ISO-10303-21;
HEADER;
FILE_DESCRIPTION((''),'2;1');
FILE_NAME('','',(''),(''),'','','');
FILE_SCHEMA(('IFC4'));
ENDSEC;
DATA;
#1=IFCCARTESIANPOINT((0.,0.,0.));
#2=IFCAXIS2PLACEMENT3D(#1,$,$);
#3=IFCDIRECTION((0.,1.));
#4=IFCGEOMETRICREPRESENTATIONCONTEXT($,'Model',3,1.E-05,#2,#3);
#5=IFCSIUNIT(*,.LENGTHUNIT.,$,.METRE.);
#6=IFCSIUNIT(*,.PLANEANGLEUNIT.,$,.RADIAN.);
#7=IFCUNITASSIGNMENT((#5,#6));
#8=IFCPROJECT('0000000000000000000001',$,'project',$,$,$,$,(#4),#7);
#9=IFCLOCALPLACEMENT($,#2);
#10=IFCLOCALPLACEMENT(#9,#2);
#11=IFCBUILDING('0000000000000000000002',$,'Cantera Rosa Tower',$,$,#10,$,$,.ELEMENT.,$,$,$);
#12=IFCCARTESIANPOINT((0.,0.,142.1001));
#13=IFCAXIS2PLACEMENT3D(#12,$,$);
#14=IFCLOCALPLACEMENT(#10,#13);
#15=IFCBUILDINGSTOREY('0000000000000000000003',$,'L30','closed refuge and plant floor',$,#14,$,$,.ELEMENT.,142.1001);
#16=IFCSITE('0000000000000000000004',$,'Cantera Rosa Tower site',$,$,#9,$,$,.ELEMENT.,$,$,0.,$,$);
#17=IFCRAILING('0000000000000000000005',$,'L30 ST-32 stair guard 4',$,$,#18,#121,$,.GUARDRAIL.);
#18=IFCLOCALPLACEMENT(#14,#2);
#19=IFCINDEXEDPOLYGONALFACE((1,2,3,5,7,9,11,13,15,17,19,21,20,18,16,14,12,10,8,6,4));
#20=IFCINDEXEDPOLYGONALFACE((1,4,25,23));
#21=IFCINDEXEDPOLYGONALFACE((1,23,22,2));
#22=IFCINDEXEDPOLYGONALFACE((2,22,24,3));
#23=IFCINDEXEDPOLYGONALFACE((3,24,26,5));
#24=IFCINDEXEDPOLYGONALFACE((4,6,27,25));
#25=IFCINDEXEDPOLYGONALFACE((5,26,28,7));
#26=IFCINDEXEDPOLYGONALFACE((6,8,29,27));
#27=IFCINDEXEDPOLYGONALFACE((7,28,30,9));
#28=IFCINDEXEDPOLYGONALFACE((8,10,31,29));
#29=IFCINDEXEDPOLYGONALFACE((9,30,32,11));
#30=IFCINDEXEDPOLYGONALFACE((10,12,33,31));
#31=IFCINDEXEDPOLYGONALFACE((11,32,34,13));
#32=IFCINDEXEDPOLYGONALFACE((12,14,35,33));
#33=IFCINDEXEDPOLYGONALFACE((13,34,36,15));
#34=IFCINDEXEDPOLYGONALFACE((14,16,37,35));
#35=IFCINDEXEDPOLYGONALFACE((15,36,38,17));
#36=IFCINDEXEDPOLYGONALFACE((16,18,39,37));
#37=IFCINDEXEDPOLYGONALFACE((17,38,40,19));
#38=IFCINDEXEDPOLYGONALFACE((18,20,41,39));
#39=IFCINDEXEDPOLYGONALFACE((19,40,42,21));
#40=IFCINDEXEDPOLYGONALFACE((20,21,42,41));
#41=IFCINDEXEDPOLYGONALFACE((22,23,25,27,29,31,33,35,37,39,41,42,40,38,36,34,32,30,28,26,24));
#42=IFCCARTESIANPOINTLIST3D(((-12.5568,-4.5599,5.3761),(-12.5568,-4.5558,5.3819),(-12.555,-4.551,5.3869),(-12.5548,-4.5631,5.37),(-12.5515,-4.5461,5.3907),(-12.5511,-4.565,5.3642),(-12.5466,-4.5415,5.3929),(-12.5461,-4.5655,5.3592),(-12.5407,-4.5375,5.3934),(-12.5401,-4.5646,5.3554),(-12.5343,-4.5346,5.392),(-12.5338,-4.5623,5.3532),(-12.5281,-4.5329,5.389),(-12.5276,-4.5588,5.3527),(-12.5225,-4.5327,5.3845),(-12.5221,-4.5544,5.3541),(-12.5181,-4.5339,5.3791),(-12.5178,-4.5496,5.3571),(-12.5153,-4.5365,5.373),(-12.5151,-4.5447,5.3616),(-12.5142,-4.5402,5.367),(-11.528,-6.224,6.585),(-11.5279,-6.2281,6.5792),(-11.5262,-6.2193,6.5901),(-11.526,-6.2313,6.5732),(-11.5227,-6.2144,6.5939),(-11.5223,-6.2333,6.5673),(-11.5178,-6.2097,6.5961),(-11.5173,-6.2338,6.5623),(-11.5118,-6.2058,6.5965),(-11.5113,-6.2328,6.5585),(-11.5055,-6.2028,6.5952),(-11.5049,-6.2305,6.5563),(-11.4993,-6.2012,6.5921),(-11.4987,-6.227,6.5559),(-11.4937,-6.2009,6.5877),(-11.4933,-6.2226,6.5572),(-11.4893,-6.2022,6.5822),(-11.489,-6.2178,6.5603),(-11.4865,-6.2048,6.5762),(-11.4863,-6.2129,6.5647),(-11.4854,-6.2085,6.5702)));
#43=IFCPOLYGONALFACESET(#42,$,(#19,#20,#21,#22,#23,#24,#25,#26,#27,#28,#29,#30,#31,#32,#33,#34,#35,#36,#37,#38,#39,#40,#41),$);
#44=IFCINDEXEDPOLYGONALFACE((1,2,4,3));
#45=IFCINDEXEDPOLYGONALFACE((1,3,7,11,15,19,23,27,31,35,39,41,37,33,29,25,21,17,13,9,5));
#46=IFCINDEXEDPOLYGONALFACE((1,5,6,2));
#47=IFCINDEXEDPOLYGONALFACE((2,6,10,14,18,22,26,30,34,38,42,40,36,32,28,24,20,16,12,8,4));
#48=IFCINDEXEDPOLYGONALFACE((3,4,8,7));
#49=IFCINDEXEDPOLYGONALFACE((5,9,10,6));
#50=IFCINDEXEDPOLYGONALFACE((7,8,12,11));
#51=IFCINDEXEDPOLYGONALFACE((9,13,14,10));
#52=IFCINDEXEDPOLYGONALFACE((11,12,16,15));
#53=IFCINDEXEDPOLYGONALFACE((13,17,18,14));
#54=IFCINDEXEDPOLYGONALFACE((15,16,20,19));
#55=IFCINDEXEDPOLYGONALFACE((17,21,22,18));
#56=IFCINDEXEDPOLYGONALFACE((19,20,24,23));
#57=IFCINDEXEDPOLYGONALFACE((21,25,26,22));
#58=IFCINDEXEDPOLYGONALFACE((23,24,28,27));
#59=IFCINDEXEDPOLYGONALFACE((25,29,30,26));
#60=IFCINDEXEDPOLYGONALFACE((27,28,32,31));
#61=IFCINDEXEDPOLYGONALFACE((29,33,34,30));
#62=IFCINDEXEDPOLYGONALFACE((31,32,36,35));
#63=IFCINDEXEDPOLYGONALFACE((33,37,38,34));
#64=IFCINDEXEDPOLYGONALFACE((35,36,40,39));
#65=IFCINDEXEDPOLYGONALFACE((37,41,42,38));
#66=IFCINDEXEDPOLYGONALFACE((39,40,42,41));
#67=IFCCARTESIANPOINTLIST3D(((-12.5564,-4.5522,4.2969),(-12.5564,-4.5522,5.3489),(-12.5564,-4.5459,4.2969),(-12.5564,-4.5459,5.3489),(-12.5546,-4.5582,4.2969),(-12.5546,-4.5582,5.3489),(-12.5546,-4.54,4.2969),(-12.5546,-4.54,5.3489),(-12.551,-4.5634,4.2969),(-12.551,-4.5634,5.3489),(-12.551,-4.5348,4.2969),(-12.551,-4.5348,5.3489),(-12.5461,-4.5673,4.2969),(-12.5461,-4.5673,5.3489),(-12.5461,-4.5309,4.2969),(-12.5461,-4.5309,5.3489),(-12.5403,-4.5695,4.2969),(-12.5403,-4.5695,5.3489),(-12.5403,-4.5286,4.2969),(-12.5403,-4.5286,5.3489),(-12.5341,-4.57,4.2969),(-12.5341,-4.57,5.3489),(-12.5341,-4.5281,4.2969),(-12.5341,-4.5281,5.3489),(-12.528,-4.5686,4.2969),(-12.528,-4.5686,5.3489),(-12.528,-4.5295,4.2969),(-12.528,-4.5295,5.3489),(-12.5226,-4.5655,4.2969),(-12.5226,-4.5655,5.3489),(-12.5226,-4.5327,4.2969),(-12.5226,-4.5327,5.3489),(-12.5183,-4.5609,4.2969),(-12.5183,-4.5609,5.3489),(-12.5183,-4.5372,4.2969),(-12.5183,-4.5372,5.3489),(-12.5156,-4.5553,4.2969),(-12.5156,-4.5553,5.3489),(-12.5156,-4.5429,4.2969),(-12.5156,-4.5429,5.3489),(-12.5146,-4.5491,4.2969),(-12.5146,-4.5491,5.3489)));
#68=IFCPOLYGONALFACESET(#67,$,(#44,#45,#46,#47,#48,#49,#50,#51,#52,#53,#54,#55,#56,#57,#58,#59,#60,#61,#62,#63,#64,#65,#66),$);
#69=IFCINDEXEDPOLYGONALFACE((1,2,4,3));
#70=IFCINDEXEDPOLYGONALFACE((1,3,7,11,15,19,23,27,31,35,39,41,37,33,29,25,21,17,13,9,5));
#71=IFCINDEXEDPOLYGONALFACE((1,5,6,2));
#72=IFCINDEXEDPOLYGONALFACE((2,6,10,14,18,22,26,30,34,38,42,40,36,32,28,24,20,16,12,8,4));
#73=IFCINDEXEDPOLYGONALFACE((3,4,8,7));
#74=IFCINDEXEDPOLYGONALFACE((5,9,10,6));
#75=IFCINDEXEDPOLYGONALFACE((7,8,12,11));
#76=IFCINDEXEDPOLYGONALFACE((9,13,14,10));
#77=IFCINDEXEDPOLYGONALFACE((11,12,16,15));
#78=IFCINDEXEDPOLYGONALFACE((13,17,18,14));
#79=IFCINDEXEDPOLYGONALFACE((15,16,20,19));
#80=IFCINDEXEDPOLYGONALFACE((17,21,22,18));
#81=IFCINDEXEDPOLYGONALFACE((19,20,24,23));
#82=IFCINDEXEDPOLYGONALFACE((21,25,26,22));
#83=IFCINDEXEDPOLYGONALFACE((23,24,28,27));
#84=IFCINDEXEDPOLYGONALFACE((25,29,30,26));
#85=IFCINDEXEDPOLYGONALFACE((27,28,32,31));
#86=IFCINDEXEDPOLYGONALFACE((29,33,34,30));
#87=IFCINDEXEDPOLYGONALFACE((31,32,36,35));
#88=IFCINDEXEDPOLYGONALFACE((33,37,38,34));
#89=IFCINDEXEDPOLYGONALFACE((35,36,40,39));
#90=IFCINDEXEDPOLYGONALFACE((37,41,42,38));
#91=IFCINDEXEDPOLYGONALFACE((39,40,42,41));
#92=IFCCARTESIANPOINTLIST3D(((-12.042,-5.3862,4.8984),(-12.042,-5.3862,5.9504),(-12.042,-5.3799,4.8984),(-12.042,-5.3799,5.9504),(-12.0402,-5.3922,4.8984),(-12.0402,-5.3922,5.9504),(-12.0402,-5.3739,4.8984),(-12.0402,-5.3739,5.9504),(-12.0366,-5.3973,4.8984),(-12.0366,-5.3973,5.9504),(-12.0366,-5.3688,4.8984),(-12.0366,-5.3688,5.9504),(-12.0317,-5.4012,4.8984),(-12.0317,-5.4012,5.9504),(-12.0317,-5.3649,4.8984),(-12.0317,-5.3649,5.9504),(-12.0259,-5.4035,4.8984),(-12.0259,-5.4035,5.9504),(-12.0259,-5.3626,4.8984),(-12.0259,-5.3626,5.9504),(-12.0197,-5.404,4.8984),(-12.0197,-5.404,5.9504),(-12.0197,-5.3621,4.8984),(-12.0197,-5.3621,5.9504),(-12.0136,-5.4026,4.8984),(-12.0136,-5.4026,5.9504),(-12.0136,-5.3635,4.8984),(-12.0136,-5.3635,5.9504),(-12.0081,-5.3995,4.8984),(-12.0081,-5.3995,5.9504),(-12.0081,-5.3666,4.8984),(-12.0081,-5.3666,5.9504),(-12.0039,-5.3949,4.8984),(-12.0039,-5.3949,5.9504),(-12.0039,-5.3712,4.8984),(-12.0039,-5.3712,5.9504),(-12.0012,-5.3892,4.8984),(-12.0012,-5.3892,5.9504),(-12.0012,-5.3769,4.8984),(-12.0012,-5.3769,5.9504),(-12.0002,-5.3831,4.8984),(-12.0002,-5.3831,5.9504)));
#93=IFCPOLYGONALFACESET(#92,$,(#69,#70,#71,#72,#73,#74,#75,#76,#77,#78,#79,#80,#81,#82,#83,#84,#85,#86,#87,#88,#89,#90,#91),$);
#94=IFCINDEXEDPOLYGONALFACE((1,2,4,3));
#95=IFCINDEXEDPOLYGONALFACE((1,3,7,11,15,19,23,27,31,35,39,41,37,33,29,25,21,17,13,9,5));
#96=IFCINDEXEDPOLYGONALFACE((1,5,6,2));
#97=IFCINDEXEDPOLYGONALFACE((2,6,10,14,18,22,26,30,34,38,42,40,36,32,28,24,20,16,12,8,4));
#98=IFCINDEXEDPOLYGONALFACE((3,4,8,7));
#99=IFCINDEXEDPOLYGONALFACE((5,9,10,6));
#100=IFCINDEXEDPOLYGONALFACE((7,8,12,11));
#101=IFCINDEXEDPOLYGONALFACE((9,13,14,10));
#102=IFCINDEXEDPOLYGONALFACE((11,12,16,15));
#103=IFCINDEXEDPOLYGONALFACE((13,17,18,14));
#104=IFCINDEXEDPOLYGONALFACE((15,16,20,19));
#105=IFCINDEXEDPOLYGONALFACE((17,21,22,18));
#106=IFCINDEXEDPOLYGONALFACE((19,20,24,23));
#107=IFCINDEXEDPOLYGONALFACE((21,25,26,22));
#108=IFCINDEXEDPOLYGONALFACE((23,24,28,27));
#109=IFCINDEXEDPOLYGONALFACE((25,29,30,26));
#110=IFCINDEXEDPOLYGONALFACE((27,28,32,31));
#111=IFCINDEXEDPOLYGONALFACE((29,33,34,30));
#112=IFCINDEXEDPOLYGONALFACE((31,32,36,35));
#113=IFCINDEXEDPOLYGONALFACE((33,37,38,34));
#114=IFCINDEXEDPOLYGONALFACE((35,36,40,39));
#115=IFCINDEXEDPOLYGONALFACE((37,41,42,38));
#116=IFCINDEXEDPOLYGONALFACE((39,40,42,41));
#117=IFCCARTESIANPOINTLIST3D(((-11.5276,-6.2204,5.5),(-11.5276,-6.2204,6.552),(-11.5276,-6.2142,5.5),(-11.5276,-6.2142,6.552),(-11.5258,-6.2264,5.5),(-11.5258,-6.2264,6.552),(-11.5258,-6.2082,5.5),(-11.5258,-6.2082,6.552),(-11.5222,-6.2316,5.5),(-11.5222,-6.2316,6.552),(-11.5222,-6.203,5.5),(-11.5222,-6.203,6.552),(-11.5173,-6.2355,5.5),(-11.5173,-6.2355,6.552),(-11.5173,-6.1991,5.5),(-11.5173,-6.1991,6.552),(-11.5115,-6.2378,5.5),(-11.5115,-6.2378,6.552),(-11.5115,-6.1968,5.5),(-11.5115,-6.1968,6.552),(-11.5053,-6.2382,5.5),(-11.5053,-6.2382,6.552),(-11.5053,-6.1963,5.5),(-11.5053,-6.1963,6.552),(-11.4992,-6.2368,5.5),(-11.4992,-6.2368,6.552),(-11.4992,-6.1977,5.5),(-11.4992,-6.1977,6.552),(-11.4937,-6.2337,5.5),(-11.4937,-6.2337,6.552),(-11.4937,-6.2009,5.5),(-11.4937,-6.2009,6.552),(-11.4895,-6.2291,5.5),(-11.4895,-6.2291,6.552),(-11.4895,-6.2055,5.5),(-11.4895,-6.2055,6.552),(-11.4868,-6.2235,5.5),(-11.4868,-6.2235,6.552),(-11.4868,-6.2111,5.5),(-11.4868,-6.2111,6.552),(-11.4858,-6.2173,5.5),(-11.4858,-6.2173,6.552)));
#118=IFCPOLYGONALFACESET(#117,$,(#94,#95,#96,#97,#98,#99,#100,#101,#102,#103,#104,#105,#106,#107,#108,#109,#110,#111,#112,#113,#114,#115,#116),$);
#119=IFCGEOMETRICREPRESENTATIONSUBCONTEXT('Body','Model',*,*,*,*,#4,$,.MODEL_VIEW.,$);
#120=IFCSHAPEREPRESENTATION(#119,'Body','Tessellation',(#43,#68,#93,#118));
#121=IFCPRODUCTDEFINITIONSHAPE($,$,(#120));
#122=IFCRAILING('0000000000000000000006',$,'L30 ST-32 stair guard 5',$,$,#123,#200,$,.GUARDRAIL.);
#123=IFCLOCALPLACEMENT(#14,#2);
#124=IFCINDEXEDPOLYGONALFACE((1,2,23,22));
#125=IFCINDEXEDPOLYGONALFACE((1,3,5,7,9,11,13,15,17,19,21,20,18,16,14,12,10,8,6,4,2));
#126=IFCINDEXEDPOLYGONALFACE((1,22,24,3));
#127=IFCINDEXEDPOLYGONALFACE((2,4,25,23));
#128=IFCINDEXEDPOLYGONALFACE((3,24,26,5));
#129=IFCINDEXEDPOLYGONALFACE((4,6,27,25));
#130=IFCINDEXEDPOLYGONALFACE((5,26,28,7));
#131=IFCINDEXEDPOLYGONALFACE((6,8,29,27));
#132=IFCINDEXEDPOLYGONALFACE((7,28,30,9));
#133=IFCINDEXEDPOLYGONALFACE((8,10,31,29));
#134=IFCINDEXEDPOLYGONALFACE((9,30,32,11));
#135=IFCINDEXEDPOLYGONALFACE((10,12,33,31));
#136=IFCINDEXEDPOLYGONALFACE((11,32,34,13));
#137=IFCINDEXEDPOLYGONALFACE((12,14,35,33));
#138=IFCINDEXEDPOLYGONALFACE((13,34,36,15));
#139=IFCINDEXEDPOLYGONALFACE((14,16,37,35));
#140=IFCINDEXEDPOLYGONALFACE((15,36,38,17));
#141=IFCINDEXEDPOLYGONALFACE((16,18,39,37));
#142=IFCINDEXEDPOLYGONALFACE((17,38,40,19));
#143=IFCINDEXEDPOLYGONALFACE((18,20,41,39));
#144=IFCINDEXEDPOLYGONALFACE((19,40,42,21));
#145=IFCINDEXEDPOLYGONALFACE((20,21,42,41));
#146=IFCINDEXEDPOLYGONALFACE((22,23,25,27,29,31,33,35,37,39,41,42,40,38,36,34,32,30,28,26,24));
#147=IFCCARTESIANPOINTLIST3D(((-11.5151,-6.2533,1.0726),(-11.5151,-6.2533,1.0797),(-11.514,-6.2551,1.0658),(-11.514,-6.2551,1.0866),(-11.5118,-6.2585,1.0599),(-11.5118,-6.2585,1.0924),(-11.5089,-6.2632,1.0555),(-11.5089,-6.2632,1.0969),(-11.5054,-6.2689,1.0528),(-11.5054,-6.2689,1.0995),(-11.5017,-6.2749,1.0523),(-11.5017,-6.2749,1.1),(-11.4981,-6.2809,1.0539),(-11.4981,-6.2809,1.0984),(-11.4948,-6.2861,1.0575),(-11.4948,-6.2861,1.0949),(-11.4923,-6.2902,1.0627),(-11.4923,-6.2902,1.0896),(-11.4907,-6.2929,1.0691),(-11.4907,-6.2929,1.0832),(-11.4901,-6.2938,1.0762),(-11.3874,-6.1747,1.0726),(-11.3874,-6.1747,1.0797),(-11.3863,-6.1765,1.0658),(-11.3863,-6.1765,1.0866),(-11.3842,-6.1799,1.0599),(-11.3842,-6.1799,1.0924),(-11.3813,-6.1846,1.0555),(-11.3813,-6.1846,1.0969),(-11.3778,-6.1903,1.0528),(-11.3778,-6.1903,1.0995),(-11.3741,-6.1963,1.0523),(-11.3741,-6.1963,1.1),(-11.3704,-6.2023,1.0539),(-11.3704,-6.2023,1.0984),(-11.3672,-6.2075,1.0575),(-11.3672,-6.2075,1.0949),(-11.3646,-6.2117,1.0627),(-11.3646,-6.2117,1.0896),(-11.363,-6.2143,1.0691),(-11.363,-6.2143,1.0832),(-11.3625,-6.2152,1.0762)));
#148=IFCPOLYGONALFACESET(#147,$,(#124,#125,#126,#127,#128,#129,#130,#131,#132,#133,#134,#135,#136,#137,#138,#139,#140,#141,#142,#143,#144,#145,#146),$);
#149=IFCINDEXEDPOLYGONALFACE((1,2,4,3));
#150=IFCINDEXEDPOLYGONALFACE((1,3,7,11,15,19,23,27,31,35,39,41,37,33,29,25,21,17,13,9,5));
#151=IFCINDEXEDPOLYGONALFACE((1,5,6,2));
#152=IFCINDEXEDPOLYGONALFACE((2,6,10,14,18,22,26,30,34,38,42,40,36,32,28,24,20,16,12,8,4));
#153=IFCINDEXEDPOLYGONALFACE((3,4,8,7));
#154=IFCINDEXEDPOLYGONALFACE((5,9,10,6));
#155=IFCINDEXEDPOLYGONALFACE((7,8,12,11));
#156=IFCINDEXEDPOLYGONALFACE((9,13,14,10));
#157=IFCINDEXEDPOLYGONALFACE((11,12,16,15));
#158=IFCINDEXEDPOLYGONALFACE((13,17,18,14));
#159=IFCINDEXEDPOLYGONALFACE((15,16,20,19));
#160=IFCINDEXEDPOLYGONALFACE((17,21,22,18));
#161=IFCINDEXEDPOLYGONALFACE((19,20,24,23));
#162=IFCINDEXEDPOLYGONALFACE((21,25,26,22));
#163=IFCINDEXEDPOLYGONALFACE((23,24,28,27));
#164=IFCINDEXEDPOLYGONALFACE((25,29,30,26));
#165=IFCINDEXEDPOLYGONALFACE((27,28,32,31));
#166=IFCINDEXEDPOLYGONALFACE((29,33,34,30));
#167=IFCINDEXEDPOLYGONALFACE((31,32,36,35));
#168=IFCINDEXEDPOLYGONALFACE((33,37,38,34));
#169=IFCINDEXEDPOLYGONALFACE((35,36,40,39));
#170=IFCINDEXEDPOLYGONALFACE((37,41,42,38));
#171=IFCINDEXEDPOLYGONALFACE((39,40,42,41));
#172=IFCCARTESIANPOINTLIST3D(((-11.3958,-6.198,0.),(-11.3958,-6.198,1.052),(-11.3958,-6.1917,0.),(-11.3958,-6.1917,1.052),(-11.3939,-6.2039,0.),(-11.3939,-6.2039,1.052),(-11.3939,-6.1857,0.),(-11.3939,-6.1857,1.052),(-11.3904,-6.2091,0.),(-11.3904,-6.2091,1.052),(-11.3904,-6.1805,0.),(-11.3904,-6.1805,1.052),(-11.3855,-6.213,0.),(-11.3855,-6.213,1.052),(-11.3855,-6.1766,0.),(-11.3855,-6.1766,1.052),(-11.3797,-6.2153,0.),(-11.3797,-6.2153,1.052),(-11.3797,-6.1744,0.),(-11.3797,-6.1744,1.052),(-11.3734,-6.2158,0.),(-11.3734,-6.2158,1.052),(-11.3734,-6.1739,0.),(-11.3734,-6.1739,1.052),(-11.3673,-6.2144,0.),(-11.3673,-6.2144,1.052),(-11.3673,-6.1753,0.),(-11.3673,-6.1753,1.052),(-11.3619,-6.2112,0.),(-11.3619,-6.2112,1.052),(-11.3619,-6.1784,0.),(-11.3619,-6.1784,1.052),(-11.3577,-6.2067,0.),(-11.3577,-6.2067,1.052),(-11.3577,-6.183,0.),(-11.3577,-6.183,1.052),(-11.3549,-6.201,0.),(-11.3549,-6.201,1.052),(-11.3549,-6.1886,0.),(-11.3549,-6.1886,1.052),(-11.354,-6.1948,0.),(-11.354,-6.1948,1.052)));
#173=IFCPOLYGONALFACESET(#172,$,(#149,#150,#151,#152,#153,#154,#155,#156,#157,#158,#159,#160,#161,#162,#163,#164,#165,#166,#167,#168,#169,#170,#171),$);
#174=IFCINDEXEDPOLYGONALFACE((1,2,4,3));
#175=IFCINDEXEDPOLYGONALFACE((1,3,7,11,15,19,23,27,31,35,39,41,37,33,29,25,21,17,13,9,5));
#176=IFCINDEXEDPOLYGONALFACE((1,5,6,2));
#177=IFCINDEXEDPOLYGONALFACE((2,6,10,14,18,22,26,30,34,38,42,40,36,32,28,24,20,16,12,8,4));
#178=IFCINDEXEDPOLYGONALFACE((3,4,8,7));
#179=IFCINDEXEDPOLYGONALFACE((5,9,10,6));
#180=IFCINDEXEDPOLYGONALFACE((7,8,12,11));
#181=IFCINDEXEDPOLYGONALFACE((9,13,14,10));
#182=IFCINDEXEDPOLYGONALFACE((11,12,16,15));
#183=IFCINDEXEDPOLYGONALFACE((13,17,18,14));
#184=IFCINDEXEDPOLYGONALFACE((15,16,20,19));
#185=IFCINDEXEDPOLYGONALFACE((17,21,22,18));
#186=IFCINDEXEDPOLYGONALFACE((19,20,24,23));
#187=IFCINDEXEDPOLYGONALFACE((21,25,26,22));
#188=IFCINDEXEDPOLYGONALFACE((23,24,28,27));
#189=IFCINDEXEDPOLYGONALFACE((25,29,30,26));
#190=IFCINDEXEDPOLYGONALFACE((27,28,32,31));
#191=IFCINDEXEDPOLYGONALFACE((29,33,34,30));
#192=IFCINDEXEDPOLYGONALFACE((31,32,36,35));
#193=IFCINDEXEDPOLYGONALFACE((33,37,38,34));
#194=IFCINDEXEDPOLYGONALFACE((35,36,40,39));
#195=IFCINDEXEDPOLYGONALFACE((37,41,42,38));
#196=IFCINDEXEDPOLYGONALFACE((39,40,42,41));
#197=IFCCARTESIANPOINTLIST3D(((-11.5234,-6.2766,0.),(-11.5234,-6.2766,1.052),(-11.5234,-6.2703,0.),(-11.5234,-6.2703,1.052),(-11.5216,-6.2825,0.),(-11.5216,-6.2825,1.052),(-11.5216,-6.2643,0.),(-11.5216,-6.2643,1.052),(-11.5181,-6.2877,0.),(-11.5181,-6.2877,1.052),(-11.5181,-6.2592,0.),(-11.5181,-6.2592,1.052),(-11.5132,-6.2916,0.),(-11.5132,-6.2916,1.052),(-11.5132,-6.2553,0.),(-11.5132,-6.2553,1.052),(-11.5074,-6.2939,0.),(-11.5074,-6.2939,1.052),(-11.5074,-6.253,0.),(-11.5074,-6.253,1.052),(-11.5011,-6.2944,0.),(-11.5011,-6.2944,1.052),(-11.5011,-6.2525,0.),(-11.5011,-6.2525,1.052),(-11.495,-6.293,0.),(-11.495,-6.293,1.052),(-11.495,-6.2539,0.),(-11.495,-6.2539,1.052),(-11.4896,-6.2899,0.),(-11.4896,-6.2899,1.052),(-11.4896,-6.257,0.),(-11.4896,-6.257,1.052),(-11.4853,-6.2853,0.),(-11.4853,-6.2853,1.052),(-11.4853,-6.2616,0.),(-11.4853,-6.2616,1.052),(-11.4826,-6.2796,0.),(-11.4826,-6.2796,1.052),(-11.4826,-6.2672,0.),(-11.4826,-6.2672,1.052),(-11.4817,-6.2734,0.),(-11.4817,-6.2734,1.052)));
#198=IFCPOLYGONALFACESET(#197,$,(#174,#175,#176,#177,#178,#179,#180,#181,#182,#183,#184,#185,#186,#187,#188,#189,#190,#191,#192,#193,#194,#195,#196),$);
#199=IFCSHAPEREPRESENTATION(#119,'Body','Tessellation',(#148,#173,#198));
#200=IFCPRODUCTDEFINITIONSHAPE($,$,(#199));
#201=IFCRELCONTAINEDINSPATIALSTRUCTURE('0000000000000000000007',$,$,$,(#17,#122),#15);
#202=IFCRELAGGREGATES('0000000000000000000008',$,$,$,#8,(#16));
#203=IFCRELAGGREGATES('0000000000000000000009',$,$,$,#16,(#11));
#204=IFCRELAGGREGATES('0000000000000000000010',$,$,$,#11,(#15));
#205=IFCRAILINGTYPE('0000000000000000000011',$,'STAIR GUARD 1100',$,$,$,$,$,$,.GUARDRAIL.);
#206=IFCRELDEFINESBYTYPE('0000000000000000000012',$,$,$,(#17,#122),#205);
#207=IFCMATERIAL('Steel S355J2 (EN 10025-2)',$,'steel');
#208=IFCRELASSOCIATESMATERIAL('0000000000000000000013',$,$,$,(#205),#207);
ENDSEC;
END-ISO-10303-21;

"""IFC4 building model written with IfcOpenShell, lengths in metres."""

from ifc_helpers import new_model, si_unit, direction, frame, origin, origin_2d, place, context, subcontext, project, spatial, circle, extrude, material, type_object, element, save


model = new_model("IFC4")

# Units and contexts
model_context = context("Model", 3, precision=1e-05, world=origin(), true_north=direction((0.0, 1.0)))
body_context = subcontext(model_context, "Body", "Model", "MODEL_VIEW")
ifc_project = project(units=[si_unit("LENGTHUNIT", "METRE"), si_unit("PLANEANGLEUNIT", "RADIAN")], contexts=[model_context])

# Site, building, storey
site_placement = place(None, origin())
site = spatial("IfcSite", under=ifc_project, at=site_placement, Name="Cantera Rosa Tower site", CompositionType="ELEMENT", RefElevation=0.0)
building_placement = place(site_placement, origin())
building = spatial("IfcBuilding", under=site, at=building_placement, Name="Cantera Rosa Tower", CompositionType="ELEMENT")
storey_placement = place(building_placement, frame((0.0, 0.0, 142.1001)))
storey = spatial("IfcBuildingStorey", under=building, at=storey_placement, Name="L30", Description="closed refuge and plant floor", CompositionType="ELEMENT", Elevation=142.1001)

# Railings
ifc_material_1 = material(Name="Steel S355J2 (EN 10025-2)", Category="steel")
railing_type_1 = type_object("IfcRailingType", Name="STAIR GUARD 1100", PredefinedType="GUARDRAIL", material=ifc_material_1)
railing_1_placement = place(storey_placement, frame((-12.5356, -4.5491, 4.2969)))
element("IfcRailing", 1, at=railing_1_placement, inside=storey, type_object=railing_type_1, Name="L30 ST-32 stair guard 4", PredefinedType="GUARDRAIL", context=body_context, shape_type="SweptSolid", body=[
    extrude(circle(Radius=0.0239, at=origin_2d()), frame((0.0, 0.0, 1.0762), z_axis=(0.447355, -0.725386, 0.523153), x_axis=(0.851153, 0.524917, 0.0)), (0.0, 0.0, 1.0), 2.2998),
    extrude(circle(Radius=0.021, at=origin_2d()), origin(), (0.0, 0.0, 1.0), 1.052),
    extrude(circle(Radius=0.021, at=origin_2d()), frame((0.5144, -0.834, 0.6016)), (0.0, 0.0, 1.0), 1.052),
    extrude(circle(Radius=0.021, at=origin_2d()), frame((1.0288, -1.6682, 1.2031)), (0.0, 0.0, 1.0), 1.052),
])
railing_2_placement = place(storey_placement, frame((-11.375, -6.1948, 0.0)))
element("IfcRailing", 2, at=railing_2_placement, inside=storey, type_object=railing_type_1, Name="L30 ST-32 stair guard 5", PredefinedType="GUARDRAIL", context=body_context, shape_type="SweptSolid", body=[
    extrude(circle(Radius=0.0239, at=origin_2d()), frame((0.0, 0.0, 1.0762), z_axis=(-0.851546, -0.524279, 0.0), x_axis=(0.524279, -0.851546, 0.0)), (0.0, 0.0, 1.0), 0.1499),
    extrude(circle(Radius=0.021, at=origin_2d()), origin(), (0.0, 0.0, 1.0), 1.052),
    extrude(circle(Radius=0.021, at=origin_2d()), frame((-0.1277, -0.0786, 0.0)), (0.0, 0.0, 1.0), 1.052),
])

save(model, "model.ifc")
